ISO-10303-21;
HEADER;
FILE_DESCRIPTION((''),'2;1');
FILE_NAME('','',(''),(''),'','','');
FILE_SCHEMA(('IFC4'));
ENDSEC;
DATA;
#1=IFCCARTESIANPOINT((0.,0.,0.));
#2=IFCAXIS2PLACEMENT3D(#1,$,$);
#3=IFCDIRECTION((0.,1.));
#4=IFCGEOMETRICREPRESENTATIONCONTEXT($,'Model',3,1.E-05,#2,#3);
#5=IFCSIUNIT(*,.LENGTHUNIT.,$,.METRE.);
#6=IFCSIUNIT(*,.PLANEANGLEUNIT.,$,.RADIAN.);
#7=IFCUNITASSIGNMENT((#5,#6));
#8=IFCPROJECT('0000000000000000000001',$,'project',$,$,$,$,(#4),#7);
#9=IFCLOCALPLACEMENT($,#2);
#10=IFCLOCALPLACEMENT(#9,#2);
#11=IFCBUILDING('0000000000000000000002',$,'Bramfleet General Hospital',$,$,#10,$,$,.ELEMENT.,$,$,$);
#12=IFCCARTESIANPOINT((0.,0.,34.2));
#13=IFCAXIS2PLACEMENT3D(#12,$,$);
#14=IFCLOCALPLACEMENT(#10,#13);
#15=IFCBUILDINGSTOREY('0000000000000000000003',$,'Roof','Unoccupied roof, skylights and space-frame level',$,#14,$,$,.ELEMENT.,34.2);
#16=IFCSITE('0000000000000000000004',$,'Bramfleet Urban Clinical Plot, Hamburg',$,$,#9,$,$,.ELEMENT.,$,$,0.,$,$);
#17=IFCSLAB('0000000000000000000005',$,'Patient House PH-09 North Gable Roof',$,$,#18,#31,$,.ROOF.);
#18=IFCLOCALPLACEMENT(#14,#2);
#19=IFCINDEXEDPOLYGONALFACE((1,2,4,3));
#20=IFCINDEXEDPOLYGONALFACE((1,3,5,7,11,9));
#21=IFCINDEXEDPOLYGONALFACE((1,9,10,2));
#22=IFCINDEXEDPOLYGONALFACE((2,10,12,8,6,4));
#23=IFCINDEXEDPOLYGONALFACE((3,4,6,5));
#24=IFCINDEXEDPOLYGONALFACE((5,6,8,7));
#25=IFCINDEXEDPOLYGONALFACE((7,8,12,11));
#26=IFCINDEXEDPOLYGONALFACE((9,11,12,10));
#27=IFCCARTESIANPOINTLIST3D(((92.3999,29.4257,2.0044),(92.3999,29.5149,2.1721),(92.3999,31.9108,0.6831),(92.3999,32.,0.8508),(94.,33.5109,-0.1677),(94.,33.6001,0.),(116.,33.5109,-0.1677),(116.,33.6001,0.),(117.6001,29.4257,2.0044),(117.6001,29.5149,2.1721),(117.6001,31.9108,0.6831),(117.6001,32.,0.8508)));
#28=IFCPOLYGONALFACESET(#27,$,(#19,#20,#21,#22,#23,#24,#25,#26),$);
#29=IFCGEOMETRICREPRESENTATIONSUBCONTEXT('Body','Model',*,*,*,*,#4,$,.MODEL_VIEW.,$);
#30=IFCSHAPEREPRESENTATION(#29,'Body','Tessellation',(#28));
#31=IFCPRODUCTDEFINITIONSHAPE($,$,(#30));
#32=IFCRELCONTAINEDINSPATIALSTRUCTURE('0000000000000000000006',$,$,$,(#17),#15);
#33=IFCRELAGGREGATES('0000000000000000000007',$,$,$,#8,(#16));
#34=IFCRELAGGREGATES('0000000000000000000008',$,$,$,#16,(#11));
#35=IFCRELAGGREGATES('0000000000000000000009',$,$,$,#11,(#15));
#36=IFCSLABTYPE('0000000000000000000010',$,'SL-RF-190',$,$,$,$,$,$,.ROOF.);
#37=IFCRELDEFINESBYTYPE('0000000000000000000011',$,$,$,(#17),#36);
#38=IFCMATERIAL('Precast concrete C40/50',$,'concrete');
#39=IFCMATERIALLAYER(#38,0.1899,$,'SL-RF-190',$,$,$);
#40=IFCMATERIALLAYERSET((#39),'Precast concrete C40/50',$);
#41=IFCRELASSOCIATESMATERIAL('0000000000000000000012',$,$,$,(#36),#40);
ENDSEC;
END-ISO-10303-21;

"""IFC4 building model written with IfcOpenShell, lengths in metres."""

from ifc_helpers import new_model, si_unit, direction, frame, origin, place, context, subcontext, project, spatial, polyline, outline, extrude, material, layer, layer_set, type_object, element, save


model = new_model("IFC4")

# Units and contexts
model_context = context("Model", 3, precision=1e-05, world=origin(), true_north=direction((0.0, 1.0)))
body_context = subcontext(model_context, "Body", "Model", "MODEL_VIEW")
ifc_project = project(units=[si_unit("LENGTHUNIT", "METRE"), si_unit("PLANEANGLEUNIT", "RADIAN")], contexts=[model_context])

# Site, building, storey
site_placement = place(None, origin())
site = spatial("IfcSite", under=ifc_project, at=site_placement, Name="Bramfleet Urban Clinical Plot, Hamburg", CompositionType="ELEMENT", RefElevation=0.0)
building_placement = place(site_placement, origin())
building = spatial("IfcBuilding", under=site, at=building_placement, Name="Bramfleet General Hospital", CompositionType="ELEMENT")
storey_placement = place(building_placement, frame((0.0, 0.0, 34.2)))
storey = spatial("IfcBuildingStorey", under=building, at=storey_placement, Name="Roof", Description="Unoccupied roof, skylights and space-frame level", CompositionType="ELEMENT", Elevation=34.2)

# Slab
ifc_material_1 = material(Name="Precast concrete C40/50", Category="concrete")
ifc_layer_1 = layer(ifc_material_1, 0.1899, Name="SL-RF-190")
ifc_layer_set_1 = layer_set([ifc_layer_1], Name="Precast concrete C40/50")
slab_type_1 = type_object("IfcSlabType", Name="SL-RF-190", PredefinedType="ROOF", material=ifc_layer_set_1)
slab_1_placement = place(storey_placement, frame((92.3999, 29.5149, 2.1721), z_axis=(0.0, 0.469467, 0.88295), x_axis=(1.0, 0.0, 0.0)))
element("IfcSlab", 1, at=slab_1_placement, inside=storey, type_object=slab_type_1, Name="Patient House PH-09 North Gable Roof", PredefinedType="ROOF", context=body_context, shape_type="SweptSolid", body=[
    extrude(outline(polyline([(0.0, 0.0), (25.2002, 0.0), (25.2002, 2.8145), (23.6001, 4.6268), (1.6001, 4.6268), (0.0, 2.8145), (0.0, 0.0)])), origin(), (0.0, 0.0, -1.0), 0.1899),
])

save(model, "model.ifc")
